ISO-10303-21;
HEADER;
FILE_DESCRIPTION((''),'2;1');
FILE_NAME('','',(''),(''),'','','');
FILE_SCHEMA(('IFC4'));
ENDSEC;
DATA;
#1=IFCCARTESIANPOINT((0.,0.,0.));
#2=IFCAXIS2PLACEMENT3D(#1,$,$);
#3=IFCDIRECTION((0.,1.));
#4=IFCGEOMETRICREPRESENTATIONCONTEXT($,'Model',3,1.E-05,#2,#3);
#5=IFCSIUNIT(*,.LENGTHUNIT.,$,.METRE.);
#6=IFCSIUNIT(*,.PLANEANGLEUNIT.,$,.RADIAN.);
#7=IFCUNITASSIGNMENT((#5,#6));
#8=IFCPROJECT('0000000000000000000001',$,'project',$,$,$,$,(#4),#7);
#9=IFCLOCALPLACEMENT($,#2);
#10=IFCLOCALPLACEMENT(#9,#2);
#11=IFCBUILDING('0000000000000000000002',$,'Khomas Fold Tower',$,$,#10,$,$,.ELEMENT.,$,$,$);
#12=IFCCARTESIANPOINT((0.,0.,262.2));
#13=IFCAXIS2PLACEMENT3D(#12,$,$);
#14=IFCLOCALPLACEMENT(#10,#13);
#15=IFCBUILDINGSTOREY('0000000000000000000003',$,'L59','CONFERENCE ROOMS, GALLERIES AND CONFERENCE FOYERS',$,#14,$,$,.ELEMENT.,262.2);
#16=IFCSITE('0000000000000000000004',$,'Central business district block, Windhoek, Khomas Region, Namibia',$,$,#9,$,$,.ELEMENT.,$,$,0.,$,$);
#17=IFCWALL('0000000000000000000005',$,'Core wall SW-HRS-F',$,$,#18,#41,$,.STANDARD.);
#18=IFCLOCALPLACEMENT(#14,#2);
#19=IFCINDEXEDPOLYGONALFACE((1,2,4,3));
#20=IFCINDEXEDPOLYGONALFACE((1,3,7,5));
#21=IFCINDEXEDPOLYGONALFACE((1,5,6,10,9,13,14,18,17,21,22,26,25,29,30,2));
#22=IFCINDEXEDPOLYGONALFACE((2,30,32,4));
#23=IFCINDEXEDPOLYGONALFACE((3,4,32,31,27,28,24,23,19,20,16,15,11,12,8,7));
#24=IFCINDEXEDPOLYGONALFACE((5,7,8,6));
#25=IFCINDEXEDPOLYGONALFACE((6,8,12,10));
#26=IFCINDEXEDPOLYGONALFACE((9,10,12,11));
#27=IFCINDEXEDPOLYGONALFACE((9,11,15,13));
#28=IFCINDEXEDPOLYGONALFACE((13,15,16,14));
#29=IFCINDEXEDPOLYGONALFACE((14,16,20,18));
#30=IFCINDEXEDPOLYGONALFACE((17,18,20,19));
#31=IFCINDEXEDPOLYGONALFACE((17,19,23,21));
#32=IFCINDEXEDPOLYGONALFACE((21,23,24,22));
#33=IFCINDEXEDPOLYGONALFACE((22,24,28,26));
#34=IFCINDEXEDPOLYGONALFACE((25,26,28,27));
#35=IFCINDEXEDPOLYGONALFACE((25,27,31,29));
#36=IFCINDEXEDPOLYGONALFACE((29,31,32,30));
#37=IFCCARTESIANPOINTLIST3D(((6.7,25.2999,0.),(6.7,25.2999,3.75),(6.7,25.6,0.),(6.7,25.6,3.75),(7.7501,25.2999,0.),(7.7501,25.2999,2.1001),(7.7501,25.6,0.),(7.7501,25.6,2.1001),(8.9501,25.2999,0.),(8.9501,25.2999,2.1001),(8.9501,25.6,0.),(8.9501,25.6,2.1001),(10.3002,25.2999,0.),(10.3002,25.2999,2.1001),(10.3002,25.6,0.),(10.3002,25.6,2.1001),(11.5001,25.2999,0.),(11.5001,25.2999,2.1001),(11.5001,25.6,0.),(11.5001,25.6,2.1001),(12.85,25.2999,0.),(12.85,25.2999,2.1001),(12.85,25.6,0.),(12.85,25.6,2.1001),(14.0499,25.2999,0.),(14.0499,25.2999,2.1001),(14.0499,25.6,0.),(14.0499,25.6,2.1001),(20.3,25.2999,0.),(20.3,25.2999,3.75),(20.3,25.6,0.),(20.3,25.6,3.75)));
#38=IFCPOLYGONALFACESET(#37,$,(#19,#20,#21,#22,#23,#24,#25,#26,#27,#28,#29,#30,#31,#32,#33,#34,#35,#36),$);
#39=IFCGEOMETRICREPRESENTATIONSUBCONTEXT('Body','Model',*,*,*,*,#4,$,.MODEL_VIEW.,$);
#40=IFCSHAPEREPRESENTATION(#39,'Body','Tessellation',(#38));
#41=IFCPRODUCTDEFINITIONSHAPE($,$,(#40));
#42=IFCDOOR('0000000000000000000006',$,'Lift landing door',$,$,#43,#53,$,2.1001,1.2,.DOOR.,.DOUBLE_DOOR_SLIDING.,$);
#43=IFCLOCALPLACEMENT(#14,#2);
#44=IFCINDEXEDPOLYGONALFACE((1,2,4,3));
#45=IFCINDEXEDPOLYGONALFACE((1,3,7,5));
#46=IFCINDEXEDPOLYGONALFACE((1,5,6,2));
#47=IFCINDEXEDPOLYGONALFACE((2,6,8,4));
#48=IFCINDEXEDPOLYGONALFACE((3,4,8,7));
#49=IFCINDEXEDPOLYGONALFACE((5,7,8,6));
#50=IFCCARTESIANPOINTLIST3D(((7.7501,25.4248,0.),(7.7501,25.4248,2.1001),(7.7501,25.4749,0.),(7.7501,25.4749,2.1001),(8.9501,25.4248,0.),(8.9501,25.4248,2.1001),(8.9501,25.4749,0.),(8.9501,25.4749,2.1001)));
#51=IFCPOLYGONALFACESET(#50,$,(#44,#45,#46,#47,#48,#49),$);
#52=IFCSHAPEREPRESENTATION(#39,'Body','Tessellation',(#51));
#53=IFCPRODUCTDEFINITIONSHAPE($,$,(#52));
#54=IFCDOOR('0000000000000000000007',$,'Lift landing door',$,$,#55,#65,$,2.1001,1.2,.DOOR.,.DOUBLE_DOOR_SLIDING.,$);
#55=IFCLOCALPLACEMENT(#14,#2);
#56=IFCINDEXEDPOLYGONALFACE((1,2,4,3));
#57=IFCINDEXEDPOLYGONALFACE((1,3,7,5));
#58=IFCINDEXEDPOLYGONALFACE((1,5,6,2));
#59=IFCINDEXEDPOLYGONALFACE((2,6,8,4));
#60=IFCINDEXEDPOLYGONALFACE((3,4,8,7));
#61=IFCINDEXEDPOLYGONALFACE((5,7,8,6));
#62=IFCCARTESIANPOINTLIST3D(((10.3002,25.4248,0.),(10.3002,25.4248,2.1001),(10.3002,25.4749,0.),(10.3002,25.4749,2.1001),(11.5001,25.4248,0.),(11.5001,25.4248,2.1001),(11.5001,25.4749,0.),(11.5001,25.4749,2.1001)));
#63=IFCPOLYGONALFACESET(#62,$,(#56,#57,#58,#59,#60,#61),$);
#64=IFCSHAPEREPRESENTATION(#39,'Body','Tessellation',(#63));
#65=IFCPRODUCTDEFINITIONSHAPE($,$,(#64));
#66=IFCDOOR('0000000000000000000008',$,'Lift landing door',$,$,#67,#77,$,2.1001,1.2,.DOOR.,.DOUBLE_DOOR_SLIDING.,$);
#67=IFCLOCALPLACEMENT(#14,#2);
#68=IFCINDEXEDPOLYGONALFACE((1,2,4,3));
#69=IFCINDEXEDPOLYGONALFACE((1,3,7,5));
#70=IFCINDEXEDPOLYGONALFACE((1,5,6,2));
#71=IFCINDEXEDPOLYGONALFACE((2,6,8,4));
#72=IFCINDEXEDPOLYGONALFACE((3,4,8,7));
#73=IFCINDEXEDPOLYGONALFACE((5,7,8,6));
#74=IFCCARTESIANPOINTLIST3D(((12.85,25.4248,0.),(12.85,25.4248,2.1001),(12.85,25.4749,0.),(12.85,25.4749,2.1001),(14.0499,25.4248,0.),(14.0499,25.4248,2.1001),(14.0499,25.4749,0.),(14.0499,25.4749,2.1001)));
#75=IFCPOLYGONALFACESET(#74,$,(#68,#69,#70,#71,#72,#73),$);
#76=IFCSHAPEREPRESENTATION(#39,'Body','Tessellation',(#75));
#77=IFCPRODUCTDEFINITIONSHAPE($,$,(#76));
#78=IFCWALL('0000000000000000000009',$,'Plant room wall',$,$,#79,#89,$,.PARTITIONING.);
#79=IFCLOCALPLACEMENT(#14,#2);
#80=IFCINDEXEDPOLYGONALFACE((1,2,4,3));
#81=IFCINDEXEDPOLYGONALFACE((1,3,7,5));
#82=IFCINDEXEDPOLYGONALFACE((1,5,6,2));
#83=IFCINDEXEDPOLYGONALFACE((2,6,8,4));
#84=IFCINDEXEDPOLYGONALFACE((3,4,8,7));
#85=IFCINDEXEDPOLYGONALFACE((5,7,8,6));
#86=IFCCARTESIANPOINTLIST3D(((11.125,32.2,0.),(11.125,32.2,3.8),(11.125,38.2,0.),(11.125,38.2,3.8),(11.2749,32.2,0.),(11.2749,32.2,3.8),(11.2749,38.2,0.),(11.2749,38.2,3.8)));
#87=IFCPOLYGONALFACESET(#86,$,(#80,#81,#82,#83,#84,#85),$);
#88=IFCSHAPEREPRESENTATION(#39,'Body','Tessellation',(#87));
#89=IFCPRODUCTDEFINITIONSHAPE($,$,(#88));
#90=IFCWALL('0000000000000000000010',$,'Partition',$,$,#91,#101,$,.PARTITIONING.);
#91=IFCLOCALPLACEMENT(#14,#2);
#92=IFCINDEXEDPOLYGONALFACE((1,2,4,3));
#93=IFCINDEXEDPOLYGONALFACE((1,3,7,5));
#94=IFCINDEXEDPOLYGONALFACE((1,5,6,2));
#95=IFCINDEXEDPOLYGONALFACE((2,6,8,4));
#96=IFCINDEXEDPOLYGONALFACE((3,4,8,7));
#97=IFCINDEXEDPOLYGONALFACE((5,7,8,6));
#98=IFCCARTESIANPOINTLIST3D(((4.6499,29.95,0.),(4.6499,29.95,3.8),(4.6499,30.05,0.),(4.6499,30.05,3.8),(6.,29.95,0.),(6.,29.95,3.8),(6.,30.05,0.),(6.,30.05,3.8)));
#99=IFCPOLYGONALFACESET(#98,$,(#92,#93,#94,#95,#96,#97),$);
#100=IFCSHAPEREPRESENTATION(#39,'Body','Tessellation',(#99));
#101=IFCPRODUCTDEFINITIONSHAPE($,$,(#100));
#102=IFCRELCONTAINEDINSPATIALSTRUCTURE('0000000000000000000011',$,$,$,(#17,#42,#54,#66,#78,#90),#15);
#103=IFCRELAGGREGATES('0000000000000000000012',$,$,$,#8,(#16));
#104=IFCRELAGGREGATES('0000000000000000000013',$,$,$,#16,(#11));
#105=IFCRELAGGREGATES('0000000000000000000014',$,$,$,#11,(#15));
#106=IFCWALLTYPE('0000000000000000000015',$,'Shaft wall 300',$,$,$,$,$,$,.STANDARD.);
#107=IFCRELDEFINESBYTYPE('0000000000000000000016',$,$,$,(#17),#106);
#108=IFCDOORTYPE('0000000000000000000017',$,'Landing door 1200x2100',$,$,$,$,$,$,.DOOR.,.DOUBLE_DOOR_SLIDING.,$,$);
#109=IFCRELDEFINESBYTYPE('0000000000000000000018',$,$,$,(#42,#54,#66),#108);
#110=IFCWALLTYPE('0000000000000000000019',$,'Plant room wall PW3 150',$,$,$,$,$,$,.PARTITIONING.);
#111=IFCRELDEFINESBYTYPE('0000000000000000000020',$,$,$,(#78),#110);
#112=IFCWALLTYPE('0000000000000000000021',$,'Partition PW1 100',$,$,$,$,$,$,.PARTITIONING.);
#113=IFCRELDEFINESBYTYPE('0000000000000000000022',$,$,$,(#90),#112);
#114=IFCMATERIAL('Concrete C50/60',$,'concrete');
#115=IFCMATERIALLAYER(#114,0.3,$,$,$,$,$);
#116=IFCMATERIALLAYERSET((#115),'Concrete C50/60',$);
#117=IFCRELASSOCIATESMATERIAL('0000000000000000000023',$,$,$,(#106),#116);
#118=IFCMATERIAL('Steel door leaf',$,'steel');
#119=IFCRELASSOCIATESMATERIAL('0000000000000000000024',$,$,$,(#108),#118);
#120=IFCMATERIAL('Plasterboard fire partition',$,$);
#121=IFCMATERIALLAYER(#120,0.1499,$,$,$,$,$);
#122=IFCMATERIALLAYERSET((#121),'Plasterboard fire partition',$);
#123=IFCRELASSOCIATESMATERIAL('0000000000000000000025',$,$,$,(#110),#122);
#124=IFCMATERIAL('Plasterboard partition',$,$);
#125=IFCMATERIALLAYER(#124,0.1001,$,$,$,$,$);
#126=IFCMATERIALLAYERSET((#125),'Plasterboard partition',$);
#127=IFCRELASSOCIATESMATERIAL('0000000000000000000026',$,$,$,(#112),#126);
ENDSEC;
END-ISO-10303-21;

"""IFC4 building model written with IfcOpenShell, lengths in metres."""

from ifc_helpers import new_model, si_unit, direction, frame, frame_2d, origin, place, context, subcontext, project, spatial, rectangle, extrude, source, transform, mapped, material, layer, layer_set, type_object, element, fill, save


model = new_model("IFC4")

# Units and contexts
model_context = context("Model", 3, precision=1e-05, world=origin(), true_north=direction((0.0, 1.0)))
body_context = subcontext(model_context, "Body", "Model", "MODEL_VIEW")
ifc_project = project(units=[si_unit("LENGTHUNIT", "METRE"), si_unit("PLANEANGLEUNIT", "RADIAN")], contexts=[model_context])

# Site, building, storey
site_placement = place(None, origin())
site = spatial("IfcSite", under=ifc_project, at=site_placement, Name="Central business district block, Windhoek, Khomas Region, Namibia", CompositionType="ELEMENT", RefElevation=0.0)
building_placement = place(site_placement, origin())
building = spatial("IfcBuilding", under=site, at=building_placement, Name="Khomas Fold Tower", CompositionType="ELEMENT")
storey_placement = place(building_placement, frame((0.0, 0.0, 262.2)))
storey = spatial("IfcBuildingStorey", under=building, at=storey_placement, Name="L59", Description="CONFERENCE ROOMS, GALLERIES AND CONFERENCE FOYERS", CompositionType="ELEMENT", Elevation=262.2)

# Shared definitions
ifc_material_1 = material(Name="Concrete C50/60", Category="concrete")
ifc_layer_1 = layer(ifc_material_1, 0.3)
ifc_layer_set_1 = layer_set([ifc_layer_1], Name="Concrete C50/60")
wall_type_1 = type_object("IfcWallType", Name="Shaft wall 300", PredefinedType="STANDARD", material=ifc_layer_set_1)
shared_shape_1 = source(origin(), body_context, "Body", "SweptSolid", [
    extrude(rectangle(XDim=13.6001, YDim=0.3, at=frame_2d((6.8, 0.0))), origin(), (0.0, 0.0, 1.0), 3.75),
])

# Wall, openings, doors
shared_shape_2 = source(origin(), body_context, "Body", "SweptSolid", [
    extrude(rectangle(XDim=1.2, YDim=2.1001, at=frame_2d((0.6001, 1.05))), frame((0.0, 0.1599, 0.0), z_axis=(0.0, -1.0, 0.0), x_axis=(1.0, 0.0, 0.0)), (0.0, 0.0, 1.0), 0.3201),
])
ifc_material_2 = material(Name="Steel door leaf", Category="steel")
door_type = type_object("IfcDoorType", Name="Landing door 1200x2100", OperationType="DOUBLE_DOOR_SLIDING", PredefinedType="DOOR", material=ifc_material_2)
shared_shape_3 = source(origin(), body_context, "Body", "SweptSolid", [
    extrude(rectangle(XDim=1.2, YDim=2.1001, at=frame_2d((0.6001, 1.05))), frame((0.0, 0.0249, 0.0), z_axis=(0.0, -1.0, 0.0), x_axis=(1.0, 0.0, 0.0)), (0.0, 0.0, 1.0), 0.05),
])
wall_1_placement = place(storey_placement, frame((6.7, 25.45, 0.0), z_axis=(0.0, 0.0, 1.0), x_axis=(1.0, 0.0, 0.0)))
wall_1 = element("IfcWall", 1, at=wall_1_placement, inside=storey, type_object=wall_type_1, Name="Core wall SW-HRS-F", PredefinedType="STANDARD", context=body_context, shape_type="MappedRepresentation", body=[
    mapped(shared_shape_1, transform((0.0, 0.0, 0.0))),
])
opening_1_placement = place(wall_1_placement, frame((1.05, 0.0, 0.0)))
opening_1 = element("IfcOpeningElement", 2, at=opening_1_placement, cuts=wall_1, PredefinedType="OPENING", context=body_context, shape_type="MappedRepresentation", body=[
    mapped(shared_shape_2, transform((0.0, 0.0, 0.0))),
])
opening_2_placement = place(wall_1_placement, frame((3.6001, 0.0, 0.0)))
opening_2 = element("IfcOpeningElement", 3, at=opening_2_placement, cuts=wall_1, PredefinedType="OPENING", context=body_context, shape_type="MappedRepresentation", body=[
    mapped(shared_shape_2, transform((0.0, 0.0, 0.0))),
])
opening_3_placement = place(wall_1_placement, frame((6.1499, 0.0, 0.0)))
opening_3 = element("IfcOpeningElement", 4, at=opening_3_placement, cuts=wall_1, PredefinedType="OPENING", context=body_context, shape_type="MappedRepresentation", body=[
    mapped(shared_shape_2, transform((0.0, 0.0, 0.0))),
])
door_1_placement = place(opening_1_placement, origin())
door_1 = element("IfcDoor", 5, at=door_1_placement, inside=storey, type_object=door_type, Name="Lift landing door", OperationType="DOUBLE_DOOR_SLIDING", OverallHeight=2.1001, OverallWidth=1.2, PredefinedType="DOOR", context=body_context, shape_type="MappedRepresentation", body=[
    mapped(shared_shape_3, transform((0.0, 0.0, 0.0))),
])
fill(opening_1, door_1)
door_2_placement = place(opening_2_placement, origin())
door_2 = element("IfcDoor", 6, at=door_2_placement, inside=storey, type_object=door_type, Name="Lift landing door", OperationType="DOUBLE_DOOR_SLIDING", OverallHeight=2.1001, OverallWidth=1.2, PredefinedType="DOOR", context=body_context, shape_type="MappedRepresentation", body=[
    mapped(shared_shape_3, transform((0.0, 0.0, 0.0))),
])
fill(opening_2, door_2)
door_3_placement = place(opening_3_placement, origin())
door_3 = element("IfcDoor", 7, at=door_3_placement, inside=storey, type_object=door_type, Name="Lift landing door", OperationType="DOUBLE_DOOR_SLIDING", OverallHeight=2.1001, OverallWidth=1.2, PredefinedType="DOOR", context=body_context, shape_type="MappedRepresentation", body=[
    mapped(shared_shape_3, transform((0.0, 0.0, 0.0))),
])
fill(opening_3, door_3)

# Walls
ifc_material_3 = material(Name="Plasterboard fire partition")
ifc_layer_2 = layer(ifc_material_3, 0.1499)
ifc_layer_set_2 = layer_set([ifc_layer_2], Name="Plasterboard fire partition")
wall_type_2 = type_object("IfcWallType", Name="Plant room wall PW3 150", PredefinedType="PARTITIONING", material=ifc_layer_set_2)
shared_shape_4 = source(origin(), body_context, "Body", "SweptSolid", [
    extrude(rectangle(XDim=6.0, YDim=0.1499, at=frame_2d((3.0, 0.0))), origin(), (0.0, 0.0, 1.0), 3.8),
])
wall_2_placement = place(storey_placement, frame((11.2, 32.2, 0.0), z_axis=(0.0, 0.0, 1.0), x_axis=(0.0, 1.0, 0.0)))
element("IfcWall", 8, at=wall_2_placement, inside=storey, type_object=wall_type_2, Name="Plant room wall", PredefinedType="PARTITIONING", context=body_context, shape_type="MappedRepresentation", body=[
    mapped(shared_shape_4, transform((0.0, 0.0, 0.0))),
])
ifc_material_4 = material(Name="Plasterboard partition")
ifc_layer_3 = layer(ifc_material_4, 0.1001)
ifc_layer_set_3 = layer_set([ifc_layer_3], Name="Plasterboard partition")
wall_type_3 = type_object("IfcWallType", Name="Partition PW1 100", PredefinedType="PARTITIONING", material=ifc_layer_set_3)
shared_shape_5 = source(origin(), body_context, "Body", "SweptSolid", [
    extrude(rectangle(XDim=1.3501, YDim=0.1001, at=frame_2d((0.675, 0.0))), origin(), (0.0, 0.0, 1.0), 3.8),
])
wall_3_placement = place(storey_placement, frame((4.6499, 30.0, 0.0), z_axis=(0.0, 0.0, 1.0), x_axis=(1.0, 0.0, 0.0)))
element("IfcWall", 9, at=wall_3_placement, inside=storey, type_object=wall_type_3, Name="Partition", PredefinedType="PARTITIONING", context=body_context, shape_type="MappedRepresentation", body=[
    mapped(shared_shape_5, transform((0.0, 0.0, 0.0))),
])

save(model, "model.ifc")
